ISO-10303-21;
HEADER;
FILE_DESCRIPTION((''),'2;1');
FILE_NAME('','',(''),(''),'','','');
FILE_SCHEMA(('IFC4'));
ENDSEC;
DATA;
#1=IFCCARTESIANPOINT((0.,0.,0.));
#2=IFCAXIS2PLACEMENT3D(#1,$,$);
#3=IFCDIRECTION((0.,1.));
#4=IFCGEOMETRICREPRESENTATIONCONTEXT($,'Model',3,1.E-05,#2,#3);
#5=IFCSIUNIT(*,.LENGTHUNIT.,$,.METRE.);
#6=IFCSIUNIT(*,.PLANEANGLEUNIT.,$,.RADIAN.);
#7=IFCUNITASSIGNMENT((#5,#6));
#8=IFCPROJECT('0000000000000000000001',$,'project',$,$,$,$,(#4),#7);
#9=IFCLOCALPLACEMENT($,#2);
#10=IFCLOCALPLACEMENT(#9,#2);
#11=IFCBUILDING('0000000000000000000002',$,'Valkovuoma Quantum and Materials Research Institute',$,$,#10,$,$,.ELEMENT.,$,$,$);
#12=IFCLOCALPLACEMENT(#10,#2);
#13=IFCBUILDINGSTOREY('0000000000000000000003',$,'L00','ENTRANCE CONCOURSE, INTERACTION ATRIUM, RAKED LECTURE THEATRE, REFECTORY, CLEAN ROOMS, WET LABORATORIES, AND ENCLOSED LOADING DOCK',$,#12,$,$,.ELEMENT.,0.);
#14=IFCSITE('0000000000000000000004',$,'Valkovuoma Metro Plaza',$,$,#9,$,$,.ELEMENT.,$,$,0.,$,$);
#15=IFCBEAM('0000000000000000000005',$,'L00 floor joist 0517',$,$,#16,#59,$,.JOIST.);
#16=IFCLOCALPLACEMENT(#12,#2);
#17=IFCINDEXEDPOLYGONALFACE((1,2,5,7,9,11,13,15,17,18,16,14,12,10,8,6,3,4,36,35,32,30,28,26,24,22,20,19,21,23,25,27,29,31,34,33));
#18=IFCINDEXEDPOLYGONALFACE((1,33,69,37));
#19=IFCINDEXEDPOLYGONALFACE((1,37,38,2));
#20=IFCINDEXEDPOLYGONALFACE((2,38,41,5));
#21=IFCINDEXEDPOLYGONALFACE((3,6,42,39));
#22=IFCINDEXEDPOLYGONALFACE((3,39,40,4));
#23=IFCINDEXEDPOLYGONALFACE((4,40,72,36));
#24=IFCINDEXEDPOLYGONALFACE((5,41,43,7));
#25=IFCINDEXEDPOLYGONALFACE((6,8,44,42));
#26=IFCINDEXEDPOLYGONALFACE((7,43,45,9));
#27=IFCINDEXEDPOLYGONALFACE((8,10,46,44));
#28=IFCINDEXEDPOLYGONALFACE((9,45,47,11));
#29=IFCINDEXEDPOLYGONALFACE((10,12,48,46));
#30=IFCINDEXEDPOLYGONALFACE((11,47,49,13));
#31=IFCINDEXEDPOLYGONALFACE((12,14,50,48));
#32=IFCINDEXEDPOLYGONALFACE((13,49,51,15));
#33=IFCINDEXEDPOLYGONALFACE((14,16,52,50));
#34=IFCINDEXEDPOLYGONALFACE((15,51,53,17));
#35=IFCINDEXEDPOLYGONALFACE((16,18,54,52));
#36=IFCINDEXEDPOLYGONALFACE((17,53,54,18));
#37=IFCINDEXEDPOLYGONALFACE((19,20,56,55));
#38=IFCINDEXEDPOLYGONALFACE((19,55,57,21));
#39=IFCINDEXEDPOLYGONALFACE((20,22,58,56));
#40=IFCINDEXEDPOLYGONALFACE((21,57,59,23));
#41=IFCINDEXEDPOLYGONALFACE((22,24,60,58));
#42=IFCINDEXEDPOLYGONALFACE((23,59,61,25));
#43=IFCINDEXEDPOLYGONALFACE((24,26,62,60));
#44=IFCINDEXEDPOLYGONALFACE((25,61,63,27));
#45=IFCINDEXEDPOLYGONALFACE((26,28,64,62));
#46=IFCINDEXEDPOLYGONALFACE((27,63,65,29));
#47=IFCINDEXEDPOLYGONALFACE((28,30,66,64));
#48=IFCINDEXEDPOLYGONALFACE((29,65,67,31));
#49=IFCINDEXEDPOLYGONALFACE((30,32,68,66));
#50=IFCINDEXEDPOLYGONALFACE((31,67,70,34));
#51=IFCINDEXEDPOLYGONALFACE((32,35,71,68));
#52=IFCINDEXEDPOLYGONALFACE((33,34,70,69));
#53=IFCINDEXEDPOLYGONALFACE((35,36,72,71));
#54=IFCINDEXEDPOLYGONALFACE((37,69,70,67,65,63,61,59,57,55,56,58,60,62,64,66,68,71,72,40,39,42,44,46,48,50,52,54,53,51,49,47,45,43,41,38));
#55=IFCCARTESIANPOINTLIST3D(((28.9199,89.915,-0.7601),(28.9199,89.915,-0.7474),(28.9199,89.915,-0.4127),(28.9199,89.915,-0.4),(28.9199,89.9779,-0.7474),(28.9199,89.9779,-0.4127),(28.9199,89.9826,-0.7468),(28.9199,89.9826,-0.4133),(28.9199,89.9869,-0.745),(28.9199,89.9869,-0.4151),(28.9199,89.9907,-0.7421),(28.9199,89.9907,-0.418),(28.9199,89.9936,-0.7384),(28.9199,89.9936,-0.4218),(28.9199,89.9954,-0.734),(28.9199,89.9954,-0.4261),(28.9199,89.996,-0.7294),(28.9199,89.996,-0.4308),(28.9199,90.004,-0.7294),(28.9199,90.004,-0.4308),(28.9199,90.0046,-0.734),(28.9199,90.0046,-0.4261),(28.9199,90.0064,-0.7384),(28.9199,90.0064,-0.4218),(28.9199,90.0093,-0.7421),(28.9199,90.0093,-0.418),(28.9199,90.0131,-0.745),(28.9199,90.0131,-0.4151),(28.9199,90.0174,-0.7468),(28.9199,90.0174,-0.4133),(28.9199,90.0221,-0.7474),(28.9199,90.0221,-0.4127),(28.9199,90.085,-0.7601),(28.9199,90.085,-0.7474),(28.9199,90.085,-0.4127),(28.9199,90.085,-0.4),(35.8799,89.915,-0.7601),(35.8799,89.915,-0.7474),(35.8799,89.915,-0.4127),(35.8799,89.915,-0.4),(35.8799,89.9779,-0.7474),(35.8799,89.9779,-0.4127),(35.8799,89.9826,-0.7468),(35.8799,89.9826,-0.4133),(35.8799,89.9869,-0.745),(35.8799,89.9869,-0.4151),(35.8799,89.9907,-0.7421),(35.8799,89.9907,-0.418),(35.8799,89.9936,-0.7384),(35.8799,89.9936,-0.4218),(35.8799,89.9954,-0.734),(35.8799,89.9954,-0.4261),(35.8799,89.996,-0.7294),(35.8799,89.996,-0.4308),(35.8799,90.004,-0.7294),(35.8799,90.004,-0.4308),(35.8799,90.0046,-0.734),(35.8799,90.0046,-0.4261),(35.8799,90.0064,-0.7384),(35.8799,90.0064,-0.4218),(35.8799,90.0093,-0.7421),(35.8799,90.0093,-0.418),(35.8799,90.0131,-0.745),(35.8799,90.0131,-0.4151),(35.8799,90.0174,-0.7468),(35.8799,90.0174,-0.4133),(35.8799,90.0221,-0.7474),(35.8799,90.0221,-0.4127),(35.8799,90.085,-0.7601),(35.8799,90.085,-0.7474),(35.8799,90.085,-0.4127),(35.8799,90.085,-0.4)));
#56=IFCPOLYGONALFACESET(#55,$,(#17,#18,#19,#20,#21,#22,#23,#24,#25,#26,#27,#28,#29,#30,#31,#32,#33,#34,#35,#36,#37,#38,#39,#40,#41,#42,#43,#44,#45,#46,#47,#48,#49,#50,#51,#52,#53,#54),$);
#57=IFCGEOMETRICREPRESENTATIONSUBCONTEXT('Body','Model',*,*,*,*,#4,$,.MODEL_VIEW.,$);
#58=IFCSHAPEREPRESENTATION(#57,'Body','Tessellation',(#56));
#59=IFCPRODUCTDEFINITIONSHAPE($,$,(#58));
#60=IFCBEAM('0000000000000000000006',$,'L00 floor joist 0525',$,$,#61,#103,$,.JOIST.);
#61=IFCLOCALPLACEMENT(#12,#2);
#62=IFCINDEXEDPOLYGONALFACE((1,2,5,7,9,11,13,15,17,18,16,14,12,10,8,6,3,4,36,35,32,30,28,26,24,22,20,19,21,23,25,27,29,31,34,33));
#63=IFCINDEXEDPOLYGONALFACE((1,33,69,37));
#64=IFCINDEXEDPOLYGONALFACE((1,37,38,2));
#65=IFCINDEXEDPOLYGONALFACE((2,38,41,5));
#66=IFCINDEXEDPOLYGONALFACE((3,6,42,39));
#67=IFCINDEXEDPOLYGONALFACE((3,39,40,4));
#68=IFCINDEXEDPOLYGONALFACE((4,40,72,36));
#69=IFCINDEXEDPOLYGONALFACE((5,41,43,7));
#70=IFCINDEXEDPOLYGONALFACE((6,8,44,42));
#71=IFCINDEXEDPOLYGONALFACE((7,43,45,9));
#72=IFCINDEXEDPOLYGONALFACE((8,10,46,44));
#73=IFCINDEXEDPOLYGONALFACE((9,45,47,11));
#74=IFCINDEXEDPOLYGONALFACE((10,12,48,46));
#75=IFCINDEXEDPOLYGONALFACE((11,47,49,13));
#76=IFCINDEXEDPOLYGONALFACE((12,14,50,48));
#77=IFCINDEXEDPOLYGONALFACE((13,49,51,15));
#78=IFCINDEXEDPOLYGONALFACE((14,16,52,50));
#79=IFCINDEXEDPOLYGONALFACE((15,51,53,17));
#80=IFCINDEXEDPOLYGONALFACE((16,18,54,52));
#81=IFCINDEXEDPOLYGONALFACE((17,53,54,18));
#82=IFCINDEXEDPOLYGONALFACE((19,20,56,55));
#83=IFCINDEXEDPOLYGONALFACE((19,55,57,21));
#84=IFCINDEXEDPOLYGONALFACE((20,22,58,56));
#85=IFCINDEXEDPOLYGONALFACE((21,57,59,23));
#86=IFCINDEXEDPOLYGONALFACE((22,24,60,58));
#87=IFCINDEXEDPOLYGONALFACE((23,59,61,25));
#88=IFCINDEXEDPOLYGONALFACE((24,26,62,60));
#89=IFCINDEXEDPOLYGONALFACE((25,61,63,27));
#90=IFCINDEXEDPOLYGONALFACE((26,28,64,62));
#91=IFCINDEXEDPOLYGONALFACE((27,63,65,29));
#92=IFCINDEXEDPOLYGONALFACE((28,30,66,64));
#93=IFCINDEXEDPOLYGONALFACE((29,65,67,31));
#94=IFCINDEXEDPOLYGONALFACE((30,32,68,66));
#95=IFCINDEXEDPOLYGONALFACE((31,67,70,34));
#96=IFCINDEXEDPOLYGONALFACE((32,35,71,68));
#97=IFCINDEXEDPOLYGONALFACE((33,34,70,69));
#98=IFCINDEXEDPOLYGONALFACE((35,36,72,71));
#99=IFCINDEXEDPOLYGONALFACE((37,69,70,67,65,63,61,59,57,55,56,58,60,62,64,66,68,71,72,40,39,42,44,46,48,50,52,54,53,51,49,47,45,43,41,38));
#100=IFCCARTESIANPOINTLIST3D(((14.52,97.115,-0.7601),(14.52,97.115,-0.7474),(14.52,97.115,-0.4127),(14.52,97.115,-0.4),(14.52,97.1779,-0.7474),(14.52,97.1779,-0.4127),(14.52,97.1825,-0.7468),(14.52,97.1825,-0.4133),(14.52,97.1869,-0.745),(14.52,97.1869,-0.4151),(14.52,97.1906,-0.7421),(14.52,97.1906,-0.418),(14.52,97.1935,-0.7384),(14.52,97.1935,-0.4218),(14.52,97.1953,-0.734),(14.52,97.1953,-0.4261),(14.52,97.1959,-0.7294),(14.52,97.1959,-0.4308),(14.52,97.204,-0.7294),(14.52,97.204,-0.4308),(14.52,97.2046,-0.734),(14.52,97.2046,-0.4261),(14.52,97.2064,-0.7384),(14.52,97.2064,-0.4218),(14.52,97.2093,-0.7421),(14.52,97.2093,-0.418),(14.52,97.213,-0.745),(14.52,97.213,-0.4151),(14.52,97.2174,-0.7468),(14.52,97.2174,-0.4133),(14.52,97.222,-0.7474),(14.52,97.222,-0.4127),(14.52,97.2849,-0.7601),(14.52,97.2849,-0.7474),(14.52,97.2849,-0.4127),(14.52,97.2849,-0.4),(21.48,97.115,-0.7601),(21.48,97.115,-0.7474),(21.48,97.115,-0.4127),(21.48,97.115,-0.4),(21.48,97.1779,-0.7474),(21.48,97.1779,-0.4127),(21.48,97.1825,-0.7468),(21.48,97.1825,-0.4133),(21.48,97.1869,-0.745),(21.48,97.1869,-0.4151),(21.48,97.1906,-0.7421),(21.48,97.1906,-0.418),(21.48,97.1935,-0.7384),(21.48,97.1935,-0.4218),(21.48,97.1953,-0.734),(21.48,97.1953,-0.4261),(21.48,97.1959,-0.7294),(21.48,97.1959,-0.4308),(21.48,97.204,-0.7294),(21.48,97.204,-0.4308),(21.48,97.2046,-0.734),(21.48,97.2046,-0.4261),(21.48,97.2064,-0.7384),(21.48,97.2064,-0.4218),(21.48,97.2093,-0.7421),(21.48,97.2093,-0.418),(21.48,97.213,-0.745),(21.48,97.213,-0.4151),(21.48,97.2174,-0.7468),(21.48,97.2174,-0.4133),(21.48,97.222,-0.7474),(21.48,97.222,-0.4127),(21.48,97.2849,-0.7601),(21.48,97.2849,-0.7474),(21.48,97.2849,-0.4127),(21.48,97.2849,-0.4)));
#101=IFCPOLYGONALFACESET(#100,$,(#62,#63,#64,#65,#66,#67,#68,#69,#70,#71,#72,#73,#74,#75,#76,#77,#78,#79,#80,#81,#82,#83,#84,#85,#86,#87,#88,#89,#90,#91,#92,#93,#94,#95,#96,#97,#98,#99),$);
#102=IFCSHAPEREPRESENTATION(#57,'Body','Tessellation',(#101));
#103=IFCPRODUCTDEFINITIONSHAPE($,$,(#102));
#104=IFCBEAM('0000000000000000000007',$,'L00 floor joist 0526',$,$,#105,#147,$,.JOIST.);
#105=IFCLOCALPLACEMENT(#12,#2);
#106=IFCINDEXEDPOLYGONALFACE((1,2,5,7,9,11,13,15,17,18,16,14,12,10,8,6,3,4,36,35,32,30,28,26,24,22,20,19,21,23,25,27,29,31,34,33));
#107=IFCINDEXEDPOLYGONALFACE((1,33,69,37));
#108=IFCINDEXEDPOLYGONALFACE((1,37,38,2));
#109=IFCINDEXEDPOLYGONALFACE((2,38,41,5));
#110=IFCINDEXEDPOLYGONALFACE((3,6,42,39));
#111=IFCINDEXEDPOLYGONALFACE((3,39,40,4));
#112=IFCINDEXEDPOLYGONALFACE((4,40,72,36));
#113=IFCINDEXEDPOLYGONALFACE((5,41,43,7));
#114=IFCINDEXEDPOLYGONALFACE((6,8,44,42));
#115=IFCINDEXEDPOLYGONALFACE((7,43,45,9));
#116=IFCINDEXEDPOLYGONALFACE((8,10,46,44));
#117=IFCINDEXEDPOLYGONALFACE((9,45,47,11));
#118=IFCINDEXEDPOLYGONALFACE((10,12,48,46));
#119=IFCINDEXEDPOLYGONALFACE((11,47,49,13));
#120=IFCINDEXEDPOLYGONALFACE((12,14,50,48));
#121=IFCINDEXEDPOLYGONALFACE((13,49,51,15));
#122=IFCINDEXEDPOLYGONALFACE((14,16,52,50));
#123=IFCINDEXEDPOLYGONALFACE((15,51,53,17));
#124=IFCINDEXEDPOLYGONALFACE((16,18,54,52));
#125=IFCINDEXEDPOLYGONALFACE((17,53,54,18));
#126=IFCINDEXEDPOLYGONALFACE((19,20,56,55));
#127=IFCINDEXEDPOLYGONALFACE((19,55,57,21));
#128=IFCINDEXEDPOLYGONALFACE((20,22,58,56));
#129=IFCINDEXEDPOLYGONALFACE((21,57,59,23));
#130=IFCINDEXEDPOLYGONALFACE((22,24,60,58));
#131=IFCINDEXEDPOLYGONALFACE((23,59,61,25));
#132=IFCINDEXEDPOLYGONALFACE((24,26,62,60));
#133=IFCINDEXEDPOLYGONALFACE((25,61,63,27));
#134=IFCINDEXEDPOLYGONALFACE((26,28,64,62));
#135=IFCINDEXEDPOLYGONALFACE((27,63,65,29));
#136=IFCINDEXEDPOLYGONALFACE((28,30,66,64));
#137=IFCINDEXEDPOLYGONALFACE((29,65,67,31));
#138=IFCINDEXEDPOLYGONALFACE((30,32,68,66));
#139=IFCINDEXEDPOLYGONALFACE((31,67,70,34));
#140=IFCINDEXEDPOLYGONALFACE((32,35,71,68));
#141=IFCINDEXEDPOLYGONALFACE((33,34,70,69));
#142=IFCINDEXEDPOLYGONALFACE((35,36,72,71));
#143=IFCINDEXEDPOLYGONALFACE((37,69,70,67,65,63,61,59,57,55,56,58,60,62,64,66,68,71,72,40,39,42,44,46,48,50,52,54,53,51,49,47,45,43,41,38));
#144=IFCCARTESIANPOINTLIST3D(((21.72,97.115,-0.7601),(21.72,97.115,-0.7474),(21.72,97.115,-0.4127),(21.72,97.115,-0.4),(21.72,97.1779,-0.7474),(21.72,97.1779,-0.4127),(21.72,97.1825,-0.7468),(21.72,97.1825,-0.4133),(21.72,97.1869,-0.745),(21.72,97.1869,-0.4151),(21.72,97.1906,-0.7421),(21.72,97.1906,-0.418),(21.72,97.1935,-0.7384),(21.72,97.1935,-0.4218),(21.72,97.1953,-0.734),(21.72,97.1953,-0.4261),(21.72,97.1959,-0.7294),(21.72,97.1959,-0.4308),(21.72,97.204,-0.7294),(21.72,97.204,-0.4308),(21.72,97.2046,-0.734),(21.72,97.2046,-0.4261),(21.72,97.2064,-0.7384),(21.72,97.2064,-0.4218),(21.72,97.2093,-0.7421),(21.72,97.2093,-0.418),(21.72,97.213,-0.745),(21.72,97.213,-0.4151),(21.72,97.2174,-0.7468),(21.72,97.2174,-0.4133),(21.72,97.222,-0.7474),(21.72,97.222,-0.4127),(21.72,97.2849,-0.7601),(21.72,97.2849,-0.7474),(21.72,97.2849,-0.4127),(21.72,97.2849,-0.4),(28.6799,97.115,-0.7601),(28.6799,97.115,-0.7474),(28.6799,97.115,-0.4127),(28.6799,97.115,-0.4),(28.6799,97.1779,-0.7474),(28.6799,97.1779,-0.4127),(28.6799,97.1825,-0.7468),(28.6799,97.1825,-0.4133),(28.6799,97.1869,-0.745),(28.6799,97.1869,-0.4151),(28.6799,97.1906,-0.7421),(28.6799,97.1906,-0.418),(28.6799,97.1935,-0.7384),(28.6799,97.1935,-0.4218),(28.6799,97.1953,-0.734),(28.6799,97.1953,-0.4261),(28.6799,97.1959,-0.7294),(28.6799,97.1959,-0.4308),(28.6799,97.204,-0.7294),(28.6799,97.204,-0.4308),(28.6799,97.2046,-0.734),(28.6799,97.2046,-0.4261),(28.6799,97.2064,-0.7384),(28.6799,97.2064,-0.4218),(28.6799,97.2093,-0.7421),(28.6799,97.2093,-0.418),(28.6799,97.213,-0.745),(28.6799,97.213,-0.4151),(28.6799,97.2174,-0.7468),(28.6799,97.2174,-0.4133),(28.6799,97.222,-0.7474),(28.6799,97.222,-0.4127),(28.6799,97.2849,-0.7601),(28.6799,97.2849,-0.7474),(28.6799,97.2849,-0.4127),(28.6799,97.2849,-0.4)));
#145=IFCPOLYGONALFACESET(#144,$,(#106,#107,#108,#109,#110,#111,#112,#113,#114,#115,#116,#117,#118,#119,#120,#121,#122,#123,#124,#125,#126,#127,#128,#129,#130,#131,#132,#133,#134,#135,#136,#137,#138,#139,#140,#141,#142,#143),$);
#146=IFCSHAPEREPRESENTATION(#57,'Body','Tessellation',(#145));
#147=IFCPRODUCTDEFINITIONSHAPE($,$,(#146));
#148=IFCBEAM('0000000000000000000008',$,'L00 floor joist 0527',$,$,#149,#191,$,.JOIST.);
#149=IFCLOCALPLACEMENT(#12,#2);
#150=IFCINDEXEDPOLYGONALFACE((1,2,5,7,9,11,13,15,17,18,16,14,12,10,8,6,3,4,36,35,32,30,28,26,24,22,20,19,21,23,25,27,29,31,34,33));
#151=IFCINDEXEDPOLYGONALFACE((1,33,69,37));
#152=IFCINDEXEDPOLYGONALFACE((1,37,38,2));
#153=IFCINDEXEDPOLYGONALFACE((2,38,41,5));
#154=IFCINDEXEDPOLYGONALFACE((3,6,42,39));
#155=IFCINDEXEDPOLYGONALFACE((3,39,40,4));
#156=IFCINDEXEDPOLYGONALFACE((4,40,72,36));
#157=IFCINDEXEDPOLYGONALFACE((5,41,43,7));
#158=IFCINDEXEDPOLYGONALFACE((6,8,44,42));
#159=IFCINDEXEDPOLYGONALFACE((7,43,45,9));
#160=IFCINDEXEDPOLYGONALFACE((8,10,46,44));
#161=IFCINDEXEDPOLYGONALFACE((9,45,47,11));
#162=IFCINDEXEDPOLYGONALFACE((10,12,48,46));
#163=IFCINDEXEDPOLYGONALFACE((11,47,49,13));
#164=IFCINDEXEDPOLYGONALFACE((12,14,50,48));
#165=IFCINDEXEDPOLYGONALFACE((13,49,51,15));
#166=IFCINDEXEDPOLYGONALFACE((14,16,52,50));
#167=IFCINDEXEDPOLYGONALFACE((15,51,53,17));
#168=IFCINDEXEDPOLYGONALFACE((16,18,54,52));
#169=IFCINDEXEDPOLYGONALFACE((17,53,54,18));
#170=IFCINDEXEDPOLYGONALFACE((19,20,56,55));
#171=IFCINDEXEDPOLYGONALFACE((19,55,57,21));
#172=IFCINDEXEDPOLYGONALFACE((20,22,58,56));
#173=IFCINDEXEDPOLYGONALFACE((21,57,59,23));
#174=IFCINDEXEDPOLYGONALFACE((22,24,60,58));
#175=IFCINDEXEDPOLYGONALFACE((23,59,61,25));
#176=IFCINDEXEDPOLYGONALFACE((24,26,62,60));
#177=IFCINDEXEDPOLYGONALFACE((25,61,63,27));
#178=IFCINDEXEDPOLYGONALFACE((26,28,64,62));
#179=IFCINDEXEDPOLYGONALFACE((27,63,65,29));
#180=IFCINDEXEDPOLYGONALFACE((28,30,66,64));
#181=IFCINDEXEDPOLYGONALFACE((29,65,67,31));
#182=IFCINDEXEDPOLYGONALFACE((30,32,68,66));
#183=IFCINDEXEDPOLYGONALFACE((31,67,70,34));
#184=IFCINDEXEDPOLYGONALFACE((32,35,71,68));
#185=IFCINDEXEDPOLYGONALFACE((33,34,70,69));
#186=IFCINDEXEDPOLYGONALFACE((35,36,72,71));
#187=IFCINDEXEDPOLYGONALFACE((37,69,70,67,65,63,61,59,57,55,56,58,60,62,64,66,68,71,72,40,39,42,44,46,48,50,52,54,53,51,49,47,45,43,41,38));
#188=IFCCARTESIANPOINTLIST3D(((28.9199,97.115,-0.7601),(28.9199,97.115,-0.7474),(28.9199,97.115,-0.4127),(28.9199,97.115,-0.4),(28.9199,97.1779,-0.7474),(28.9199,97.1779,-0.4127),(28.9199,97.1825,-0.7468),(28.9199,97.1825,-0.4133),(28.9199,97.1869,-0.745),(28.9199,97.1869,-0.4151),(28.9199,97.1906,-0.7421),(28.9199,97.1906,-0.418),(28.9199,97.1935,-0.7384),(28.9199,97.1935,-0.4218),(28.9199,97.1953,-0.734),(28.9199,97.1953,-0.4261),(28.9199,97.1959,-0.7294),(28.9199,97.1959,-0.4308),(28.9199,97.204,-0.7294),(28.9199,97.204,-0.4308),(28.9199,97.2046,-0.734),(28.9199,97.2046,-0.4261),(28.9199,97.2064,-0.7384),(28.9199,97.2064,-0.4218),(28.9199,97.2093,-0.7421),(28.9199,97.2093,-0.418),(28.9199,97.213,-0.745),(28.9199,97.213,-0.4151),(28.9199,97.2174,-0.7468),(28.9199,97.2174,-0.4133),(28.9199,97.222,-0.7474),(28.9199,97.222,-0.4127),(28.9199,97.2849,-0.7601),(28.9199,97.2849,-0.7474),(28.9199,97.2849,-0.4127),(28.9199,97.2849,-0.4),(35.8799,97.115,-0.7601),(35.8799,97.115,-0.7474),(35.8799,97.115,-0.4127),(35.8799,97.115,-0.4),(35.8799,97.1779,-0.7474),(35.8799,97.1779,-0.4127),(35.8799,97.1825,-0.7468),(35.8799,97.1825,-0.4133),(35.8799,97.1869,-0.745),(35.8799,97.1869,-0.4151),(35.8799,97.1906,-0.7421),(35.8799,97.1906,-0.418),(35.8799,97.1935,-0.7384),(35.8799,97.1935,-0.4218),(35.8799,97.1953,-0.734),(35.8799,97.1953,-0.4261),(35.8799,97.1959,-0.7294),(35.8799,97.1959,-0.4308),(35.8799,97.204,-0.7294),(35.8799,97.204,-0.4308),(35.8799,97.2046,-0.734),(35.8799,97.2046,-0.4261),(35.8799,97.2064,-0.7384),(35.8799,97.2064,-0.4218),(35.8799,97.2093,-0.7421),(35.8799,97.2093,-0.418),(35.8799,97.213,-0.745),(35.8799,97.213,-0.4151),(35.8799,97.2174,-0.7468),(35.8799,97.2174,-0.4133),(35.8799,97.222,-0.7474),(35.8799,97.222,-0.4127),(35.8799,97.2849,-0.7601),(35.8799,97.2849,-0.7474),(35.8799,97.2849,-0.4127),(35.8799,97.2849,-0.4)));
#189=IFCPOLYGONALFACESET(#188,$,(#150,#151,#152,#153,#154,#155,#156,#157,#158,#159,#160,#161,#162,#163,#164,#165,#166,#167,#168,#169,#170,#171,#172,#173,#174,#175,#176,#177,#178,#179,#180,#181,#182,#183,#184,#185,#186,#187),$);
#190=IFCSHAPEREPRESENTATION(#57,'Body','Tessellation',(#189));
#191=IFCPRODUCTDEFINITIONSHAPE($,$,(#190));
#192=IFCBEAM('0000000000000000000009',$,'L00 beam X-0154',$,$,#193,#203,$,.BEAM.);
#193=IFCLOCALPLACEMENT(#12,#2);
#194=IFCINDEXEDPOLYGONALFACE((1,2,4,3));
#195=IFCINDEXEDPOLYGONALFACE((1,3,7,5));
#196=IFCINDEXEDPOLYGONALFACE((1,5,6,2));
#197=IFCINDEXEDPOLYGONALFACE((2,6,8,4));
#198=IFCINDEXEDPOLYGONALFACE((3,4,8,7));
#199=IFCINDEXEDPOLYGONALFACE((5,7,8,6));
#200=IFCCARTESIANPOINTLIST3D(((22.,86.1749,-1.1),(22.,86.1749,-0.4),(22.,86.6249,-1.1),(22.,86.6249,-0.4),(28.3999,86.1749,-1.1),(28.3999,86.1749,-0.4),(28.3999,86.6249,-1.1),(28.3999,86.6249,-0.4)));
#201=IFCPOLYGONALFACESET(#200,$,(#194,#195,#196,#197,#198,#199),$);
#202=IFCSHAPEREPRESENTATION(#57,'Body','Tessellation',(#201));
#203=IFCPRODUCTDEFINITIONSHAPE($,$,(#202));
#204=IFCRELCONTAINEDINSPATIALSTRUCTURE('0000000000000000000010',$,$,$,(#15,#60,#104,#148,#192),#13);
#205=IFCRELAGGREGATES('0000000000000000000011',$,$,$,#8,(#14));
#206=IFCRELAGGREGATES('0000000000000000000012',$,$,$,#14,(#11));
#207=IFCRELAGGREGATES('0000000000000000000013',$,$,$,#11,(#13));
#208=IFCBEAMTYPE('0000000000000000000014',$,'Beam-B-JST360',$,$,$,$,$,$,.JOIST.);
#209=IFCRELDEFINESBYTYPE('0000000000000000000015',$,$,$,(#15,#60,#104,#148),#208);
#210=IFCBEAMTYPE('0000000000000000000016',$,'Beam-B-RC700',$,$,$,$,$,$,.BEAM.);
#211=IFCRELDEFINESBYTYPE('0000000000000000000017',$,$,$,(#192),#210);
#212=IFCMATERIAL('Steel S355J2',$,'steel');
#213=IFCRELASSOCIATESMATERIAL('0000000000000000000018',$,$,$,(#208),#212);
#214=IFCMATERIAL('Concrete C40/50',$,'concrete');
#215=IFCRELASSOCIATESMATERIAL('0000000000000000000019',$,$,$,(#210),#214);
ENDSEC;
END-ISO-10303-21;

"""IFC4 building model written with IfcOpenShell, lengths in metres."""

from ifc_helpers import new_model, si_unit, direction, frame, origin, origin_2d, place, context, subcontext, project, spatial, rectangle, i_section, extrude, material, material_profile, profile_set, type_object, element, save


model = new_model("IFC4")

# Units and contexts
model_context = context("Model", 3, precision=1e-05, world=origin(), true_north=direction((0.0, 1.0)))
body_context = subcontext(model_context, "Body", "Model", "MODEL_VIEW")
ifc_project = project(units=[si_unit("LENGTHUNIT", "METRE"), si_unit("PLANEANGLEUNIT", "RADIAN")], contexts=[model_context])

# Site, building, storey
site_placement = place(None, origin())
site = spatial("IfcSite", under=ifc_project, at=site_placement, Name="Valkovuoma Metro Plaza", CompositionType="ELEMENT", RefElevation=0.0)
building_placement = place(site_placement, origin())
building = spatial("IfcBuilding", under=site, at=building_placement, Name="Valkovuoma Quantum and Materials Research Institute", CompositionType="ELEMENT")
storey_placement = place(building_placement, origin())
storey = spatial("IfcBuildingStorey", under=building, at=storey_placement, Name="L00", Description="ENTRANCE CONCOURSE, INTERACTION ATRIUM, RAKED LECTURE THEATRE, REFECTORY, CLEAN ROOMS, WET LABORATORIES, AND ENCLOSED LOADING DOCK", CompositionType="ELEMENT", Elevation=0.0)

# Beams
ifc_material_1 = material(Name="Steel S355J2", Category="steel")
ifc_material_profile_1 = material_profile(ifc_material_1, i_section(OverallWidth=0.1699, OverallDepth=0.3601, WebThickness=0.0081, FlangeThickness=0.0127, FilletRadius=0.0181, at=origin_2d()), Name="Steel S355J2")
ifc_profile_set_1 = profile_set([ifc_material_profile_1], Name="Steel S355J2")
beam_type_1 = type_object("IfcBeamType", Name="Beam-B-JST360", PredefinedType="JOIST", material=ifc_profile_set_1)
for number, where, z_axis, x_axis, name in (
    (1, (28.9199, 90.0, -0.5801), (1.0, 0.0, 0.0), (0.0, 1.0, 0.0), "L00 floor joist 0517"),
    (2, (14.52, 97.2, -0.5801), (1.0, 0.0, 0.0), (0.0, 1.0, 0.0), "L00 floor joist 0525"),
    (3, (21.72, 97.2, -0.5801), (1.0, 0.0, 0.0), (0.0, 1.0, 0.0), "L00 floor joist 0526"),
    (4, (28.9199, 97.2, -0.5801), (1.0, 0.0, 0.0), (0.0, 1.0, 0.0), "L00 floor joist 0527"),
):
    element("IfcBeam", number, at=place(storey_placement, frame(where, z_axis=z_axis, x_axis=x_axis)), inside=storey, type_object=beam_type_1, Name=name, PredefinedType="JOIST", context=body_context, shape_type="SweptSolid", body=[
        extrude(i_section(OverallWidth=0.1699, OverallDepth=0.3601, WebThickness=0.0081, FlangeThickness=0.0127, FilletRadius=0.0181, at=origin_2d()), origin(), (0.0, 0.0, 1.0), 6.96),
    ])
ifc_material_2 = material(Name="Concrete C40/50", Category="concrete")
ifc_material_profile_2 = material_profile(ifc_material_2, rectangle(XDim=0.45, YDim=0.7, at=origin_2d()), Name="Concrete C40/50")
ifc_profile_set_2 = profile_set([ifc_material_profile_2], Name="Concrete C40/50")
beam_type_2 = type_object("IfcBeamType", Name="Beam-B-RC700", PredefinedType="BEAM", material=ifc_profile_set_2)
beam_1_placement = place(storey_placement, frame((22.0, 86.3999, -0.75), z_axis=(1.0, 0.0, 0.0), x_axis=(0.0, 1.0, 0.0)))
element("IfcBeam", 5, at=beam_1_placement, inside=storey, type_object=beam_type_2, Name="L00 beam X-0154", PredefinedType="BEAM", context=body_context, shape_type="SweptSolid", body=[
    extrude(rectangle(XDim=0.45, YDim=0.7, at=origin_2d()), origin(), (0.0, 0.0, 1.0), 6.3999),
])

save(model, "model.ifc")
